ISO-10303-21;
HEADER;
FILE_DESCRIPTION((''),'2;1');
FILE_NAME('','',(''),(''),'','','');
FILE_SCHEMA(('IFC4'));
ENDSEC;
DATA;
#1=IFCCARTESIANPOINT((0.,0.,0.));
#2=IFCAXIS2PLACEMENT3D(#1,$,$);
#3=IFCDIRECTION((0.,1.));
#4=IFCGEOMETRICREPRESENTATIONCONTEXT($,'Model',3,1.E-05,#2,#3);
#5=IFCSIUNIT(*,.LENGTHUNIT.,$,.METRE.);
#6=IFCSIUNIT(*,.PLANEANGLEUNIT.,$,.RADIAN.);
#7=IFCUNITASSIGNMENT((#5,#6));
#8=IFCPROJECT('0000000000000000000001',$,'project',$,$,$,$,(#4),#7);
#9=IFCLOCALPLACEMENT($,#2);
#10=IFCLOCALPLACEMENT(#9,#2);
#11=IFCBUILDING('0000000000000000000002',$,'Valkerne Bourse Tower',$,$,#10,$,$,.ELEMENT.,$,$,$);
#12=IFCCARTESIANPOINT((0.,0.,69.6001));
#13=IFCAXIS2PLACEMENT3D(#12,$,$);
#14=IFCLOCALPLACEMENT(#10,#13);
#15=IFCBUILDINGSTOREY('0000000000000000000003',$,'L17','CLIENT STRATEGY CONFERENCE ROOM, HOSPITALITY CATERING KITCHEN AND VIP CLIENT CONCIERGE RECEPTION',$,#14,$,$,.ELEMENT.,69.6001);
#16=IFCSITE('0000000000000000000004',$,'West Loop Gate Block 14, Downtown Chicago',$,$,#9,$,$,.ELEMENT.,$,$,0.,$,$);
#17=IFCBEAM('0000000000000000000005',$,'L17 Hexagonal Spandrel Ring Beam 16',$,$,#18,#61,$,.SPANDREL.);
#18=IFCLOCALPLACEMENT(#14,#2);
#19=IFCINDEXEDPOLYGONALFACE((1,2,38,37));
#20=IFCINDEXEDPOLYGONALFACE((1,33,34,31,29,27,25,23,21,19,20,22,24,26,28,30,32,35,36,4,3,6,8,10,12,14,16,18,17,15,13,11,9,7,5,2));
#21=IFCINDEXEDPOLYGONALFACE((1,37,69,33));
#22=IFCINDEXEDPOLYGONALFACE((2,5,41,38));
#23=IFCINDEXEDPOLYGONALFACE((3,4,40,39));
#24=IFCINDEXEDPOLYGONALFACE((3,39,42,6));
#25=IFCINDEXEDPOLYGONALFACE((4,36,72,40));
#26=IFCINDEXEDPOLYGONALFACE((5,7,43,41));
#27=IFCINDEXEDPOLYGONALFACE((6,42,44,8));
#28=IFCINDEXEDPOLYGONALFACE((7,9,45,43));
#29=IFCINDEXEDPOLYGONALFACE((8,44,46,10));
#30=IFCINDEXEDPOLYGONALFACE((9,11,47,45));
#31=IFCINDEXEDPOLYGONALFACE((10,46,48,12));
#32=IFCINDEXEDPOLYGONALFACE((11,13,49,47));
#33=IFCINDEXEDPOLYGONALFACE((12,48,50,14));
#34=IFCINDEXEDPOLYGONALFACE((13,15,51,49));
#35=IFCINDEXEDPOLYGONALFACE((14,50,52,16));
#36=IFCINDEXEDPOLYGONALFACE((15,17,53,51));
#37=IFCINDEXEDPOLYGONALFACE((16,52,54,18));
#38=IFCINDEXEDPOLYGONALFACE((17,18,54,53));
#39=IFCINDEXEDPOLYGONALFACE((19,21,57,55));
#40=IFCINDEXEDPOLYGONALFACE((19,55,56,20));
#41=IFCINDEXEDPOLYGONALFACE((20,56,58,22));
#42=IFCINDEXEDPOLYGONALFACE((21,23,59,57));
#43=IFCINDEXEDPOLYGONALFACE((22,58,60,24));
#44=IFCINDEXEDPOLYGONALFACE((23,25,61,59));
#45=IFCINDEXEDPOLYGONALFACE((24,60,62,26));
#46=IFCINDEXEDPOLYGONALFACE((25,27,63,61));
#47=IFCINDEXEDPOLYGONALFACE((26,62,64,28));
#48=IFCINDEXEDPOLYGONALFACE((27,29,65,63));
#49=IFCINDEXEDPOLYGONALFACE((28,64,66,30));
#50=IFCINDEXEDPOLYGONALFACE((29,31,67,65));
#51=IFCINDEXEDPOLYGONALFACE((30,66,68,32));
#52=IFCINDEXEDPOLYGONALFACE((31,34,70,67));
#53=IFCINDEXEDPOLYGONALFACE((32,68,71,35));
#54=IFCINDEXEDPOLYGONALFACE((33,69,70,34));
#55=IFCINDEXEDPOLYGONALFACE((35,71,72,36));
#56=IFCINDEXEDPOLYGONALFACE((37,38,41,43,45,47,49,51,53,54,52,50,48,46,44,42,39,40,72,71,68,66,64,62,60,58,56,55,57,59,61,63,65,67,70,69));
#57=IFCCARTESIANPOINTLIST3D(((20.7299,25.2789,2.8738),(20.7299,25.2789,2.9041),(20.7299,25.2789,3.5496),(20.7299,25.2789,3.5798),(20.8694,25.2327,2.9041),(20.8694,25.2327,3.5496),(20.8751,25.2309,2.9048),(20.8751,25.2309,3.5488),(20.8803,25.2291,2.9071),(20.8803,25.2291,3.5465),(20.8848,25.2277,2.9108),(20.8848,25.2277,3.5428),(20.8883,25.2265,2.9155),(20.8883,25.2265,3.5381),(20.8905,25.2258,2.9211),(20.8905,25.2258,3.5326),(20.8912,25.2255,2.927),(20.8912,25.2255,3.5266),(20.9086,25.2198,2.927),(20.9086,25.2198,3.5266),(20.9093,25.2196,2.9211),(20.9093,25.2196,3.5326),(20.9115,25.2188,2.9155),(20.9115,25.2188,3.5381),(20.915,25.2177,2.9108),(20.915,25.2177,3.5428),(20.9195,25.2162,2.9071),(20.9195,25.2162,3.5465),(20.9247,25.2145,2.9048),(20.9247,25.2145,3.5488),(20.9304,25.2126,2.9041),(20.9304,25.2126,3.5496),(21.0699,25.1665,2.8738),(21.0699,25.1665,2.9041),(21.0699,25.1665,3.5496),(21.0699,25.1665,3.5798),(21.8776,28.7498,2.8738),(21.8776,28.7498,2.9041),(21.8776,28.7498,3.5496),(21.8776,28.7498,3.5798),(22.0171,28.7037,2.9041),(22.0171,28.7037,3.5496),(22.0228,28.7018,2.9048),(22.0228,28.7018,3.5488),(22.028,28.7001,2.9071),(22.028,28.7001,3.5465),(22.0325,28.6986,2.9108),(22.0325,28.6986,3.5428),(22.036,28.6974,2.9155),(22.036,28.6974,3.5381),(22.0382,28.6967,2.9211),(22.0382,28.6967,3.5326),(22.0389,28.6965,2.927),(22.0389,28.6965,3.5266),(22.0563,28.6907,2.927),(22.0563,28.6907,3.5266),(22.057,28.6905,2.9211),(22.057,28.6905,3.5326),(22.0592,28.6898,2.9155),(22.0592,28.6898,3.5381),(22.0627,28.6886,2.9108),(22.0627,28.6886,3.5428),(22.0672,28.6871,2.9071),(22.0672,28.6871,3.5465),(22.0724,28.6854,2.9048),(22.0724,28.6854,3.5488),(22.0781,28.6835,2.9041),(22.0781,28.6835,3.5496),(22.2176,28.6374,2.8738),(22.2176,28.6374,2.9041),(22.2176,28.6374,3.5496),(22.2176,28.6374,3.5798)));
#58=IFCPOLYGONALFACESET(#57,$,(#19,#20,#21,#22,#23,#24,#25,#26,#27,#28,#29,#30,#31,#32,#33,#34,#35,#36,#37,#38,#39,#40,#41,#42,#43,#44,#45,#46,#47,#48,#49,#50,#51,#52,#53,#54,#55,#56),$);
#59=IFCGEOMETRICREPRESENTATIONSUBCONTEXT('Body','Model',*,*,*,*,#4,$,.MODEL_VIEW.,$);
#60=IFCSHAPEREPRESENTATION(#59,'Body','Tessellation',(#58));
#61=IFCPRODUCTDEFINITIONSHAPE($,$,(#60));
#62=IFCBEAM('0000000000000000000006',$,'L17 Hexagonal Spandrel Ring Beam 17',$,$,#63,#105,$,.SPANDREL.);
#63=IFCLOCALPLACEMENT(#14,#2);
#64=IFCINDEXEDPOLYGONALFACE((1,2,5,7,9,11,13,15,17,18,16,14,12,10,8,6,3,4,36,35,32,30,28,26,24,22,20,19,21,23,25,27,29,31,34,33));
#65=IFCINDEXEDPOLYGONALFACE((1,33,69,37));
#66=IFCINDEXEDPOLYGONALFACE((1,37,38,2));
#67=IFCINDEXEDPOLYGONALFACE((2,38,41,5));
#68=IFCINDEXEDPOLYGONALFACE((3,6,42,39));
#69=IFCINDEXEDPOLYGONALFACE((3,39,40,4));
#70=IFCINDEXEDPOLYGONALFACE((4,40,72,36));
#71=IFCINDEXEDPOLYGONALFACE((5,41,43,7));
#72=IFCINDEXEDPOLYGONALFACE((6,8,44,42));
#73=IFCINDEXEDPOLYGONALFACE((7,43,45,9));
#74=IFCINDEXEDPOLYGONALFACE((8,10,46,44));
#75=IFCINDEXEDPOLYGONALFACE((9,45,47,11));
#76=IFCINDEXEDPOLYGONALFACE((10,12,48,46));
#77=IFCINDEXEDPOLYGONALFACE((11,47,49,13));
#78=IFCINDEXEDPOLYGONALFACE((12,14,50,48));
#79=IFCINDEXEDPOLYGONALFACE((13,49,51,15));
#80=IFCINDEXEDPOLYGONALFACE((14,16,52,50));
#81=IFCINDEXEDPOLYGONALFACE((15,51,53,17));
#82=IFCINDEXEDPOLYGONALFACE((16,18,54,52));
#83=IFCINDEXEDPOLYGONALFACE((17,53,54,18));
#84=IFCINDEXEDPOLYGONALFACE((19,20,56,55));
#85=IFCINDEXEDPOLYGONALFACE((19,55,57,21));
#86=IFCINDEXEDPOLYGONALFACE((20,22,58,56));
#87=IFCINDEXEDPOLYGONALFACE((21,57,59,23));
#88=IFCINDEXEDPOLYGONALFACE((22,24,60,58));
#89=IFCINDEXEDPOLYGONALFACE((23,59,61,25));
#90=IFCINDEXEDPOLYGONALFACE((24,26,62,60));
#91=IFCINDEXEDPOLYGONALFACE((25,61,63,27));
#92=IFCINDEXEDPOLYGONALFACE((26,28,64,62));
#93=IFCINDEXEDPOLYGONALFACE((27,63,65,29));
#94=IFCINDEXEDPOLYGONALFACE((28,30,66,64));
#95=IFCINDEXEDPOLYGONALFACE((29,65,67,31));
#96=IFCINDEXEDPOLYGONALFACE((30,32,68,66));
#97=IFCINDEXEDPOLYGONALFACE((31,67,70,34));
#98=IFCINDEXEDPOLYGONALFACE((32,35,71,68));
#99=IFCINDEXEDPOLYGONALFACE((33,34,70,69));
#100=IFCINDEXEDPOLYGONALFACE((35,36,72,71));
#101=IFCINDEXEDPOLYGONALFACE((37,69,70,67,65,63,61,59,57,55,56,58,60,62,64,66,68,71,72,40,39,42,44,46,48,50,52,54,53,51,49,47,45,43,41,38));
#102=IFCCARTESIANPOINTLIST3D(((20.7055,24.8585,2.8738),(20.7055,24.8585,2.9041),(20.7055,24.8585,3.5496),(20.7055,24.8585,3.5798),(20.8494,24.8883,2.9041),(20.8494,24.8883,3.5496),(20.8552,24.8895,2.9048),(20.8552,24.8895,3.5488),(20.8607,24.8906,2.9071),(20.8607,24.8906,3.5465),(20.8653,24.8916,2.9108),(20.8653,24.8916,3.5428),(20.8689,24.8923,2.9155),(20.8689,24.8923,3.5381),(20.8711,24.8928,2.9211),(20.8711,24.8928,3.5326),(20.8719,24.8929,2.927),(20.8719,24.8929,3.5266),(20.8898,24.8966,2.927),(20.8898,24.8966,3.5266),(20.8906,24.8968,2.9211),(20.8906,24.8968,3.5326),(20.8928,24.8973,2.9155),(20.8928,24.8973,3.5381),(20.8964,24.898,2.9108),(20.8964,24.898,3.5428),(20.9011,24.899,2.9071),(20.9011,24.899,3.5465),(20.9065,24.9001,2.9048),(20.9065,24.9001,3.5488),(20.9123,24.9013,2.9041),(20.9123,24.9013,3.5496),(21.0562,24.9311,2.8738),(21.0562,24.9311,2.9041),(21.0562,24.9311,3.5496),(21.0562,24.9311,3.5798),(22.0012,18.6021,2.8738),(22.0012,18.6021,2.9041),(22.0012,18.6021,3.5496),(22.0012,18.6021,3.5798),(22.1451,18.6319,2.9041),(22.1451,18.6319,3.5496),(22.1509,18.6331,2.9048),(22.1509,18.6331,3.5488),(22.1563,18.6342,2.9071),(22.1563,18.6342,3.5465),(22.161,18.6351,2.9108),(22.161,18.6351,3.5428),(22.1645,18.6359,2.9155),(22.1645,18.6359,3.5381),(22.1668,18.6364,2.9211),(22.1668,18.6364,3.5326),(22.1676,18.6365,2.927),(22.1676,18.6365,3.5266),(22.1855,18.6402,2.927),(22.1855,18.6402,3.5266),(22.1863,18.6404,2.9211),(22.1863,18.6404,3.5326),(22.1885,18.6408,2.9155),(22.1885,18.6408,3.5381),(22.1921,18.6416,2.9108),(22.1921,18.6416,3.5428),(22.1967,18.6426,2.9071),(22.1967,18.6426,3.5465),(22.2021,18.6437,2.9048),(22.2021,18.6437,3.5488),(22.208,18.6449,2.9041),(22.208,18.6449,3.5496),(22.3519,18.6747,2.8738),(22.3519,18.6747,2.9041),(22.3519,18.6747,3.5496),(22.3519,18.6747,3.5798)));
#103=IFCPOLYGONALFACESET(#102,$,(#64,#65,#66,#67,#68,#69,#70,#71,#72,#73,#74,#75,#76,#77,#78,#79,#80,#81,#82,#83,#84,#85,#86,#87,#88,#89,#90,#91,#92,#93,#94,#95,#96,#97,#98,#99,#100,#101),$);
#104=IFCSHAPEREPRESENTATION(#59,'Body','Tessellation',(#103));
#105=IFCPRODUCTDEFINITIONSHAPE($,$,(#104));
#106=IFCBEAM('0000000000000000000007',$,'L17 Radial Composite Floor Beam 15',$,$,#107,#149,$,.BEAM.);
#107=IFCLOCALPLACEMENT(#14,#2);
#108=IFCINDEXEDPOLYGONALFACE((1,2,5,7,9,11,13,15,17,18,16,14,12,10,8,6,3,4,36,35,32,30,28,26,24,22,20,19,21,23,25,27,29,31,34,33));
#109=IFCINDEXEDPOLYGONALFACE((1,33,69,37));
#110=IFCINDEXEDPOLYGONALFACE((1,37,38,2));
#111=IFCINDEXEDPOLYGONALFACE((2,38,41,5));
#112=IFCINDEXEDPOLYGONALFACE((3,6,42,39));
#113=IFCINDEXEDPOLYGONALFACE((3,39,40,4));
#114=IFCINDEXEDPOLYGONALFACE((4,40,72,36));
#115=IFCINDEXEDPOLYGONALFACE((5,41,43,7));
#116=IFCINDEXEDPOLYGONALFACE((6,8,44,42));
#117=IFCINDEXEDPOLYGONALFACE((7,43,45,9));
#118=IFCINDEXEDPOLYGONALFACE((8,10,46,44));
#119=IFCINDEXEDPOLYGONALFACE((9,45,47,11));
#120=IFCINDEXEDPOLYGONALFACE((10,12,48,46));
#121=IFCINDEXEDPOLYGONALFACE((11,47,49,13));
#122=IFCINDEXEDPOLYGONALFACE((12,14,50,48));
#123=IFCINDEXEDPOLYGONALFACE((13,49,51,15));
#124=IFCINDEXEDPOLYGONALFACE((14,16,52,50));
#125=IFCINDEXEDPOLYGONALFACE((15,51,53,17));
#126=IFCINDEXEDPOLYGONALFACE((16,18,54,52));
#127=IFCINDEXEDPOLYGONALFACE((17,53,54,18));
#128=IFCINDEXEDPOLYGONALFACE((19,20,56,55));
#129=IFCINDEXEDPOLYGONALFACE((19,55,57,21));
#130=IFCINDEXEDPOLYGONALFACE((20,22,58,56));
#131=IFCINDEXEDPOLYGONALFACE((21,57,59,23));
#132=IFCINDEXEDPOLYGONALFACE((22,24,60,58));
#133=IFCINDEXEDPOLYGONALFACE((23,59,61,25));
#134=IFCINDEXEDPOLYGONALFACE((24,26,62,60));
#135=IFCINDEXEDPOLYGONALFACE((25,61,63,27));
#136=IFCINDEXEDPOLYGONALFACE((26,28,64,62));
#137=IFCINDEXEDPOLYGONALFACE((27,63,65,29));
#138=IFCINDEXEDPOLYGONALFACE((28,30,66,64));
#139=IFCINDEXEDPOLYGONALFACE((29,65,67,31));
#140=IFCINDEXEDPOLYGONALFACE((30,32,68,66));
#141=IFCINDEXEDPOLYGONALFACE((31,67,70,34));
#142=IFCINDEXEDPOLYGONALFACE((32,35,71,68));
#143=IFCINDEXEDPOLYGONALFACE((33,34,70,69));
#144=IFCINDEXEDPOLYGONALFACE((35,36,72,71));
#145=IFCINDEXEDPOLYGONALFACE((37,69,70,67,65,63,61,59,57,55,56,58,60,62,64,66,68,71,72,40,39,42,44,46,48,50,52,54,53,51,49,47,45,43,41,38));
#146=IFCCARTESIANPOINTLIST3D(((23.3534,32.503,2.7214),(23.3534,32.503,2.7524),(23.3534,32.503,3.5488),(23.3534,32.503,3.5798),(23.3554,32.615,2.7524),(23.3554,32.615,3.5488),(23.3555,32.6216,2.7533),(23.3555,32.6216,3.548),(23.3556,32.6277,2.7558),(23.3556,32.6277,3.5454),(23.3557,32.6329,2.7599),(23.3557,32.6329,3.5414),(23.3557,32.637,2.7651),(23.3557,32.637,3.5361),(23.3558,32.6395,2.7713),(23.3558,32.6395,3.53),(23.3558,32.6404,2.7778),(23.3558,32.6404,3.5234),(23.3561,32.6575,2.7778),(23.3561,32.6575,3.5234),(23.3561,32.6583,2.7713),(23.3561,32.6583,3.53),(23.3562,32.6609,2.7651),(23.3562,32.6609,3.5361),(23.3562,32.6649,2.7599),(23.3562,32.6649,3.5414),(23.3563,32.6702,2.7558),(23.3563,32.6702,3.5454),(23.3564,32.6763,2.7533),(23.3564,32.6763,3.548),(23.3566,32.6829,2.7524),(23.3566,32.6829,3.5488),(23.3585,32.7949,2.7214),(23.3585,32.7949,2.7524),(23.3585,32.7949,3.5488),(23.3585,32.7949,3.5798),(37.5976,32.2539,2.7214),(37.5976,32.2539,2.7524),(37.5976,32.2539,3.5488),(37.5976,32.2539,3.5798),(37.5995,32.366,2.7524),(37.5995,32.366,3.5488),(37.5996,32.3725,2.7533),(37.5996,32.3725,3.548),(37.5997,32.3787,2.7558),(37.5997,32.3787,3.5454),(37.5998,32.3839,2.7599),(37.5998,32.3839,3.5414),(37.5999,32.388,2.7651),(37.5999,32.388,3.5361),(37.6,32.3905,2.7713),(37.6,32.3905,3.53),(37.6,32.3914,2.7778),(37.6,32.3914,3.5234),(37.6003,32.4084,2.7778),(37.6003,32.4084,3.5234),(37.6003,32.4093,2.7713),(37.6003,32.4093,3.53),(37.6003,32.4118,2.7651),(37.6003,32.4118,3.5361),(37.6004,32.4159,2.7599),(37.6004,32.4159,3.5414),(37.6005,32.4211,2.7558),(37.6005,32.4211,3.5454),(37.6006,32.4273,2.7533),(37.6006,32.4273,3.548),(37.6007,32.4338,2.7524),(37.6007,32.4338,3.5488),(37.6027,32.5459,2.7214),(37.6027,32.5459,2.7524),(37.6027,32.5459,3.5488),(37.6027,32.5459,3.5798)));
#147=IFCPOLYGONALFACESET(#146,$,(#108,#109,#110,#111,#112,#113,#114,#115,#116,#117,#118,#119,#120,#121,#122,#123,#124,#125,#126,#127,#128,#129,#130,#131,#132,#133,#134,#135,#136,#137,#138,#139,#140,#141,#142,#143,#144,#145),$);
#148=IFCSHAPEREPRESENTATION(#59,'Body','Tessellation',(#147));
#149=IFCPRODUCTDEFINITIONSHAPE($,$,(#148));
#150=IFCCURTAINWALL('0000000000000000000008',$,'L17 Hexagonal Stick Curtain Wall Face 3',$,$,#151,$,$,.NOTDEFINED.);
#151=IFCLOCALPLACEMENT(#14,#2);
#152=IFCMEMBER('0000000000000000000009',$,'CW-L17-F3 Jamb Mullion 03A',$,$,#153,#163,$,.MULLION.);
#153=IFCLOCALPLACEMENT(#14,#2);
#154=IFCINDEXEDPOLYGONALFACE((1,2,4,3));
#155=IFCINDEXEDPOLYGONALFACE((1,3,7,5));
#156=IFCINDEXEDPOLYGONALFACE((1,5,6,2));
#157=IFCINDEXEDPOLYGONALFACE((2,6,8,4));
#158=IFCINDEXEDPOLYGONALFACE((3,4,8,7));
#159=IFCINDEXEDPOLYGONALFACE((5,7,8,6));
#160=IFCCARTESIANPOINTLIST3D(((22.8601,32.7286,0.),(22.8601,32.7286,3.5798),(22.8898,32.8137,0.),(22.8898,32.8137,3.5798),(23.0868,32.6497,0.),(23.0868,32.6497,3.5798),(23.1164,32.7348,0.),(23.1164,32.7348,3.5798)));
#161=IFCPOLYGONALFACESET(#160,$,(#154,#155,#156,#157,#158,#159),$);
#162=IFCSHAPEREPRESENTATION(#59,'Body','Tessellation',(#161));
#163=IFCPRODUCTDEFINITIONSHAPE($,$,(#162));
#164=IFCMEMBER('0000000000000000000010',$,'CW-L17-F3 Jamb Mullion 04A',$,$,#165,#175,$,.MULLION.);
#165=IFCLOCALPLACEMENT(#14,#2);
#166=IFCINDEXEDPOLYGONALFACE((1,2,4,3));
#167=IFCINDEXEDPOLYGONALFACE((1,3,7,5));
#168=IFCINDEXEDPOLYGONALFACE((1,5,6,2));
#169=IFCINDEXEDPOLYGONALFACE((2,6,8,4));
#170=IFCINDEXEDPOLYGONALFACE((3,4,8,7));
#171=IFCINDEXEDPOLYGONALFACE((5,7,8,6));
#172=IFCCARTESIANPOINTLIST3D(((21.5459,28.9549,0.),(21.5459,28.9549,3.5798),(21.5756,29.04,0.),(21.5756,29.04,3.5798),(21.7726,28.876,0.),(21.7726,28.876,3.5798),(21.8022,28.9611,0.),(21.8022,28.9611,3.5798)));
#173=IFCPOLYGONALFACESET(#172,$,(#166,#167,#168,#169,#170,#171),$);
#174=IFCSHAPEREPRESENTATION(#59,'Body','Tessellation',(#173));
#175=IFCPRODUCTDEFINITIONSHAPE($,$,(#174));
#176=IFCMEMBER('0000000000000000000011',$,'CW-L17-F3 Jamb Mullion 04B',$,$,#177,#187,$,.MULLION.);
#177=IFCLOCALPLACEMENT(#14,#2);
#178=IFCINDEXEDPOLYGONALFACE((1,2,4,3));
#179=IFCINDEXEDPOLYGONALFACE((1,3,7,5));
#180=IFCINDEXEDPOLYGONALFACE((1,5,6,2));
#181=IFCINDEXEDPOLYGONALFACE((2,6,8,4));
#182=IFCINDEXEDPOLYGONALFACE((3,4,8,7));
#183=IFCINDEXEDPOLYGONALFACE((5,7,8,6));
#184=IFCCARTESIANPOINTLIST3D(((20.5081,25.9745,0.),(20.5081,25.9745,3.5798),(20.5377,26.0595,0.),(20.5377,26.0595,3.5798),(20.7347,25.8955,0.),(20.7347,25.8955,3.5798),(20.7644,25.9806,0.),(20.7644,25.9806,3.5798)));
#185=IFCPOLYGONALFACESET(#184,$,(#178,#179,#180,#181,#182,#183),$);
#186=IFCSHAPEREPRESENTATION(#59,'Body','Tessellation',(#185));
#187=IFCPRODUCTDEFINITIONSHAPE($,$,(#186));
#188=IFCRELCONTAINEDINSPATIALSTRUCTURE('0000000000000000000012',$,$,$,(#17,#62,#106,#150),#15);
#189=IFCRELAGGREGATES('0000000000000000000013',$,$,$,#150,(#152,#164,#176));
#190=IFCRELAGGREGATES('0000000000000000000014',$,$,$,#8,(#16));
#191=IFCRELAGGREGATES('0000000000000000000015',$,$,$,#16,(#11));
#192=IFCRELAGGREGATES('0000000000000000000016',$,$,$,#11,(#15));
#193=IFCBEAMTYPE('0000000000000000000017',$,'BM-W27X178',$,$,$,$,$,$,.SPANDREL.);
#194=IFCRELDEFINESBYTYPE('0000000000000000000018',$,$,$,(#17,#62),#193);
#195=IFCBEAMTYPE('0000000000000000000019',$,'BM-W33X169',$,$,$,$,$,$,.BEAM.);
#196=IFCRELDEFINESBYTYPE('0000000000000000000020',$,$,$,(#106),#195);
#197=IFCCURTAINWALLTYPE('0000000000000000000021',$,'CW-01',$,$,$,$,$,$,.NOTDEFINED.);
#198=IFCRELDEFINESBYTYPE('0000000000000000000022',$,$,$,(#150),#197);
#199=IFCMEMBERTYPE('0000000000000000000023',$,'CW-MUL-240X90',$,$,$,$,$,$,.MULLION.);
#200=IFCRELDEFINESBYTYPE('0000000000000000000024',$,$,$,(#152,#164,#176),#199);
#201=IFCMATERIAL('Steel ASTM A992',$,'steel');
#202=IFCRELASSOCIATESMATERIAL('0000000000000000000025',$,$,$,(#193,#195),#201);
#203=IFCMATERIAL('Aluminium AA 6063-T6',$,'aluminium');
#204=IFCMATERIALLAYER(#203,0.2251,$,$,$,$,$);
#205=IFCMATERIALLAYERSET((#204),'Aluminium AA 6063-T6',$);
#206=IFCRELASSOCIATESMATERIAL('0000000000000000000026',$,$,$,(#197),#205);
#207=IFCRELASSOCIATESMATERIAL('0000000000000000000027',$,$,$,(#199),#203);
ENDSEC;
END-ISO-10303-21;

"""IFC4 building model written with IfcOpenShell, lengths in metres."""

from ifc_helpers import new_model, si_unit, direction, frame, origin, origin_2d, place, context, subcontext, project, spatial, rectangle, i_section, extrude, material, layer, layer_set, material_profile, profile_set, type_object, element, aggregate, save


model = new_model("IFC4")

# Units and contexts
model_context = context("Model", 3, precision=1e-05, world=origin(), true_north=direction((0.0, 1.0)))
body_context = subcontext(model_context, "Body", "Model", "MODEL_VIEW")
ifc_project = project(units=[si_unit("LENGTHUNIT", "METRE"), si_unit("PLANEANGLEUNIT", "RADIAN")], contexts=[model_context])

# Site, building, storey
site_placement = place(None, origin())
site = spatial("IfcSite", under=ifc_project, at=site_placement, Name="West Loop Gate Block 14, Downtown Chicago", CompositionType="ELEMENT", RefElevation=0.0)
building_placement = place(site_placement, origin())
building = spatial("IfcBuilding", under=site, at=building_placement, Name="Valkerne Bourse Tower", CompositionType="ELEMENT")
storey_placement = place(building_placement, frame((0.0, 0.0, 69.6001)))
storey = spatial("IfcBuildingStorey", under=building, at=storey_placement, Name="L17", Description="CLIENT STRATEGY CONFERENCE ROOM, HOSPITALITY CATERING KITCHEN AND VIP CLIENT CONCIERGE RECEPTION", CompositionType="ELEMENT", Elevation=69.6001)

# Beams
ifc_material_1 = material(Name="Steel ASTM A992", Category="steel")
ifc_material_profile_1 = material_profile(ifc_material_1, i_section(OverallWidth=0.3582, OverallDepth=0.7061, WebThickness=0.0183, FlangeThickness=0.0303, FilletRadius=0.0229, at=origin_2d()), Name="W27X178")
ifc_profile_set_1 = profile_set([ifc_material_profile_1], Name="Steel ASTM A992")
beam_type_1 = type_object("IfcBeamType", Name="BM-W27X178", PredefinedType="SPANDREL", material=ifc_profile_set_1)
for number, where, z_axis, x_axis, name in (
    (1, (22.0476, 28.6936, 3.2268), (-0.313943, -0.949442, 0.0), (0.949442, -0.313943, 0.0), "L17 Hexagonal Spandrel Ring Beam 16"),
):
    element("IfcBeam", number, at=place(storey_placement, frame(where, z_axis=z_axis, x_axis=x_axis)), inside=storey, type_object=beam_type_1, Name=name, PredefinedType="SPANDREL", context=body_context, shape_type="SweptSolid", body=[
        extrude(i_section(OverallWidth=0.3582, OverallDepth=0.7061, WebThickness=0.0183, FlangeThickness=0.0303, FilletRadius=0.0229, at=origin_2d()), origin(), (0.0, 0.0, 1.0), 3.6558),
    ])
beam_1_placement = place(storey_placement, frame((20.8809, 24.8948, 3.2268), z_axis=(0.202791, -0.979222, 0.0), x_axis=(0.979222, 0.202791, 0.0)))
element("IfcBeam", 2, at=beam_1_placement, inside=storey, type_object=beam_type_1, Name="L17 Hexagonal Spandrel Ring Beam 17", PredefinedType="SPANDREL", context=body_context, shape_type="SweptSolid", body=[
    extrude(i_section(OverallWidth=0.3582, OverallDepth=0.7061, WebThickness=0.0183, FlangeThickness=0.0303, FilletRadius=0.0229, at=origin_2d()), origin(), (0.0, 0.0, 1.0), 6.3892),
])
ifc_material_profile_2 = material_profile(ifc_material_1, i_section(OverallWidth=0.292, OverallDepth=0.8584, WebThickness=0.0171, FlangeThickness=0.031, FilletRadius=0.0254, at=origin_2d()), Name="W33X169")
ifc_profile_set_2 = profile_set([ifc_material_profile_2], Name="Steel ASTM A992")
beam_type_2 = type_object("IfcBeamType", Name="BM-W33X169", PredefinedType="BEAM", material=ifc_profile_set_2)
beam_2_placement = place(storey_placement, frame((23.356, 32.6489, 3.1506), z_axis=(0.999847, -0.01748, 0.0), x_axis=(0.01748, 0.999847, 0.0)))
element("IfcBeam", 3, at=beam_2_placement, inside=storey, type_object=beam_type_2, Name="L17 Radial Composite Floor Beam 15", PredefinedType="BEAM", context=body_context, shape_type="SweptSolid", body=[
    extrude(i_section(OverallWidth=0.292, OverallDepth=0.8584, WebThickness=0.0171, FlangeThickness=0.031, FilletRadius=0.0254, at=origin_2d()), origin(), (0.0, 0.0, 1.0), 14.2463),
])

# Curtain wall, members
ifc_material_2 = material(Name="Aluminium AA 6063-T6", Category="aluminium")
ifc_layer_1 = layer(ifc_material_2, 0.2251)
ifc_layer_set_1 = layer_set([ifc_layer_1], Name="Aluminium AA 6063-T6")
curtain_wall_type = type_object("IfcCurtainWallType", Name="CW-01", PredefinedType="NOTDEFINED", material=ifc_layer_set_1)
curtain_wall_placement = place(storey_placement, origin())
curtain_wall = element("IfcCurtainWall", 4, at=curtain_wall_placement, inside=storey, type_object=curtain_wall_type, Name="L17 Hexagonal Stick Curtain Wall Face 3", PredefinedType="NOTDEFINED")
ifc_material_profile_3 = material_profile(ifc_material_2, rectangle(XDim=0.0901, YDim=0.24, at=origin_2d()), Name="CWM-90X240")
ifc_profile_set_3 = profile_set([ifc_material_profile_3], Name="Aluminium AA 6063-T6")
member_type_1 = type_object("IfcMemberType", Name="CW-MUL-240X90", PredefinedType="MULLION", material=ifc_profile_set_3)
member_1_placement = place(storey_placement, frame((22.9883, 32.7317, 0.0), z_axis=(0.0, 0.0, 1.0), x_axis=(-0.32888, -0.944372, 0.0)))
member_1 = element("IfcMember", 5, at=member_1_placement, type_object=member_type_1, Name="CW-L17-F3 Jamb Mullion 03A", PredefinedType="MULLION", context=body_context, shape_type="SweptSolid", body=[
    extrude(rectangle(XDim=0.0901, YDim=0.24, at=origin_2d()), origin(), (0.0, 0.0, 1.0), 3.5798),
])
member_2_placement = place(storey_placement, frame((21.6741, 28.958, 0.0), z_axis=(0.0, 0.0, 1.0), x_axis=(-0.328857, -0.94438, 0.0)))
member_2 = element("IfcMember", 6, at=member_2_placement, type_object=member_type_1, Name="CW-L17-F3 Jamb Mullion 04A", PredefinedType="MULLION", context=body_context, shape_type="SweptSolid", body=[
    extrude(rectangle(XDim=0.0901, YDim=0.24, at=origin_2d()), origin(), (0.0, 0.0, 1.0), 3.5798),
])
member_3_placement = place(storey_placement, frame((20.6362, 25.9775, 0.0), z_axis=(0.0, 0.0, 1.0), x_axis=(-0.328857, -0.94438, 0.0)))
member_3 = element("IfcMember", 7, at=member_3_placement, type_object=member_type_1, Name="CW-L17-F3 Jamb Mullion 04B", PredefinedType="MULLION", context=body_context, shape_type="SweptSolid", body=[
    extrude(rectangle(XDim=0.0901, YDim=0.24, at=origin_2d()), origin(), (0.0, 0.0, 1.0), 3.5798),
])

aggregate(curtain_wall, [member_1, member_2, member_3])

save(model, "model.ifc")
